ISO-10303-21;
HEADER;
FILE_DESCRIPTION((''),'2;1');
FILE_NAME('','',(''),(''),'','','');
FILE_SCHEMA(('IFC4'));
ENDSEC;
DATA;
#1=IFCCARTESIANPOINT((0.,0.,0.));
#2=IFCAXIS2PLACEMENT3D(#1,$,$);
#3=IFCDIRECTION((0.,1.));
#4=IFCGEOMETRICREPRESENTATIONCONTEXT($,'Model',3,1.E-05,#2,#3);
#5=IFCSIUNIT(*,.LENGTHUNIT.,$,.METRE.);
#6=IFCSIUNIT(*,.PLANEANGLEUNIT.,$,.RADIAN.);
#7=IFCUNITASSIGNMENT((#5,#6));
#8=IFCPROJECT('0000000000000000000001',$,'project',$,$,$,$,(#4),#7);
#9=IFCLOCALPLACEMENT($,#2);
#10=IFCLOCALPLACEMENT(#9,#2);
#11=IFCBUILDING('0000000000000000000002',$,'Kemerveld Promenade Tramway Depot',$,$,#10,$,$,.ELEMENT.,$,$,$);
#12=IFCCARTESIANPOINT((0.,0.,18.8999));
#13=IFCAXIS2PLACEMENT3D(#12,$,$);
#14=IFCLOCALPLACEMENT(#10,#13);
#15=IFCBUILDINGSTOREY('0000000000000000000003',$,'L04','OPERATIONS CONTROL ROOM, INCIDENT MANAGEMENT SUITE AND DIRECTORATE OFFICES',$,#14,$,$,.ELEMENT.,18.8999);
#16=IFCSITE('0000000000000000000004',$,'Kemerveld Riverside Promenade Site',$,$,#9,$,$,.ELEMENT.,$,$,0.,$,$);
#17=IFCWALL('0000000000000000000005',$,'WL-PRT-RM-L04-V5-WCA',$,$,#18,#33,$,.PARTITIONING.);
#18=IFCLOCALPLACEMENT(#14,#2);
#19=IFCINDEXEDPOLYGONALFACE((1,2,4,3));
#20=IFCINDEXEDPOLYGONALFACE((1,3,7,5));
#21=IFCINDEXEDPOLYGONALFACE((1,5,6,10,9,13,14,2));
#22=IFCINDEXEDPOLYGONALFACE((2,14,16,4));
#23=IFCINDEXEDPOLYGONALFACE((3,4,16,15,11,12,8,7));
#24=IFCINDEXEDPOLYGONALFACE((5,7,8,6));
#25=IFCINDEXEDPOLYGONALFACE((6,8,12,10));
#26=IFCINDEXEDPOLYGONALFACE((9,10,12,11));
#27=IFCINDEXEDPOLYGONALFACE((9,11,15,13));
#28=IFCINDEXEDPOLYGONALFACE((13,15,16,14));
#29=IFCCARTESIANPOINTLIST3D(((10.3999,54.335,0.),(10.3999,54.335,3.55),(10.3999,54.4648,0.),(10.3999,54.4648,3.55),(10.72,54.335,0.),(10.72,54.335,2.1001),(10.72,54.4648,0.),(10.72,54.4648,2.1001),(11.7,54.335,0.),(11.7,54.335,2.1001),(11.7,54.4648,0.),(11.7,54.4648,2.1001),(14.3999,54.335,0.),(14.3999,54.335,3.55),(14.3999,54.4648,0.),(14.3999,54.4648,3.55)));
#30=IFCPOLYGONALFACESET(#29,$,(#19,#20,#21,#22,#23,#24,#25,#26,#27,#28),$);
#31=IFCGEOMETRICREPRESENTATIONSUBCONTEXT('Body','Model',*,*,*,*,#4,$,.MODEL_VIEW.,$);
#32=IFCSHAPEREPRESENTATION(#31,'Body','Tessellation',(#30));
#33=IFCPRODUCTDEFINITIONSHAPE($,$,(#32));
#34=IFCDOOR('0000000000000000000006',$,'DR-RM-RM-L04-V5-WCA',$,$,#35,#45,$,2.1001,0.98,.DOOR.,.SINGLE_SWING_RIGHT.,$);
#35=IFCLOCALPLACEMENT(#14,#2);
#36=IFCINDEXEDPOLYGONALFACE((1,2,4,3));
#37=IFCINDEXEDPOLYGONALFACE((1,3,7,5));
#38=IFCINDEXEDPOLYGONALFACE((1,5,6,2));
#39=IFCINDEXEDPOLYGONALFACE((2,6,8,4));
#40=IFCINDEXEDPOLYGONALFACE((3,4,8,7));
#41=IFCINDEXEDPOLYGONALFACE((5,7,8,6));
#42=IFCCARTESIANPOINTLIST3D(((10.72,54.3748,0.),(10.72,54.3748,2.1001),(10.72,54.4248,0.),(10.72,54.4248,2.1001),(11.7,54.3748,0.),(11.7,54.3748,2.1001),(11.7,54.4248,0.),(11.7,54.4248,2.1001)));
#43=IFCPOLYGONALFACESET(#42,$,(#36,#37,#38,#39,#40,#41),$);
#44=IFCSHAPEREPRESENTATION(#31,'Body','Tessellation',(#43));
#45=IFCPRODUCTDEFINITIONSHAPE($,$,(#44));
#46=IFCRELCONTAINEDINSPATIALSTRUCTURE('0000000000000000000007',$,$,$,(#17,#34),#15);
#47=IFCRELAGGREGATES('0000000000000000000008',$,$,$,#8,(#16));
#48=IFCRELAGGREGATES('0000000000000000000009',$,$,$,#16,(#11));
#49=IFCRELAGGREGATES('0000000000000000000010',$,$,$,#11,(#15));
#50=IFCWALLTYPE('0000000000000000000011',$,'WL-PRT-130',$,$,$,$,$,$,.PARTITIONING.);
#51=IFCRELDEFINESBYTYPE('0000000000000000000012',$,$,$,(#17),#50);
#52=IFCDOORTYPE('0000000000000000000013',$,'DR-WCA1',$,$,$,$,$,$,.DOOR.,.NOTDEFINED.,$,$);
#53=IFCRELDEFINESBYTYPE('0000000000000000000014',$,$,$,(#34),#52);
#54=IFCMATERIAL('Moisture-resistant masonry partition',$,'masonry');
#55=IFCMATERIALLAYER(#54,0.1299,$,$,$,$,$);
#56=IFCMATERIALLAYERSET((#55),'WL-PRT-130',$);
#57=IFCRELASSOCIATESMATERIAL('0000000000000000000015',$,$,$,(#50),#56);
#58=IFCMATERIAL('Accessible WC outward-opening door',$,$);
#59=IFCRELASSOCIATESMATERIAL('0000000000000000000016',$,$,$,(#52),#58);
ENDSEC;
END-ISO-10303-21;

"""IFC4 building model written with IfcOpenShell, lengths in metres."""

from ifc_helpers import new_model, si_unit, direction, frame, frame_2d, origin, place, context, subcontext, project, spatial, rectangle, extrude, material, layer, layer_set, type_object, element, fill, save


model = new_model("IFC4")

# Units and contexts
model_context = context("Model", 3, precision=1e-05, world=origin(), true_north=direction((0.0, 1.0)))
body_context = subcontext(model_context, "Body", "Model", "MODEL_VIEW")
ifc_project = project(units=[si_unit("LENGTHUNIT", "METRE"), si_unit("PLANEANGLEUNIT", "RADIAN")], contexts=[model_context])

# Site, building, storey
site_placement = place(None, origin())
site = spatial("IfcSite", under=ifc_project, at=site_placement, Name="Kemerveld Riverside Promenade Site", CompositionType="ELEMENT", RefElevation=0.0)
building_placement = place(site_placement, origin())
building = spatial("IfcBuilding", under=site, at=building_placement, Name="Kemerveld Promenade Tramway Depot", CompositionType="ELEMENT")
storey_placement = place(building_placement, frame((0.0, 0.0, 18.8999)))
storey = spatial("IfcBuildingStorey", under=building, at=storey_placement, Name="L04", Description="OPERATIONS CONTROL ROOM, INCIDENT MANAGEMENT SUITE AND DIRECTORATE OFFICES", CompositionType="ELEMENT", Elevation=18.8999)

# Wall, opening, door
ifc_material_1 = material(Name="Moisture-resistant masonry partition", Category="masonry")
ifc_layer_1 = layer(ifc_material_1, 0.1299)
ifc_layer_set_1 = layer_set([ifc_layer_1], Name="WL-PRT-130")
wall_type = type_object("IfcWallType", Name="WL-PRT-130", PredefinedType="PARTITIONING", material=ifc_layer_set_1)
wall_placement = place(storey_placement, frame((10.3999, 54.3999, 0.0), z_axis=(0.0, 0.0, 1.0), x_axis=(1.0, 0.0, 0.0)))
wall = element("IfcWall", 1, at=wall_placement, inside=storey, type_object=wall_type, Name="WL-PRT-RM-L04-V5-WCA", PredefinedType="PARTITIONING", context=body_context, shape_type="SweptSolid", body=[
    extrude(rectangle(XDim=4.0, YDim=0.1299, at=frame_2d((2.0, 0.0))), origin(), (0.0, 0.0, 1.0), 3.55),
])
opening_placement = place(wall_placement, frame((0.3201, 0.0, 0.0)))
opening = element("IfcOpeningElement", 2, at=opening_placement, cuts=wall, PredefinedType="OPENING", context=body_context, shape_type="SweptSolid", body=[
    extrude(rectangle(XDim=0.98, YDim=2.1001, at=frame_2d((0.49, 1.05))), frame((0.0, 0.075, 0.0), z_axis=(0.0, -1.0, 0.0), x_axis=(1.0, 0.0, 0.0)), (0.0, 0.0, 1.0), 0.1499),
])
ifc_material_2 = material(Name="Accessible WC outward-opening door")
door_type = type_object("IfcDoorType", Name="DR-WCA1", OperationType="NOTDEFINED", PredefinedType="DOOR", material=ifc_material_2)
door_placement = place(opening_placement, origin())
door = element("IfcDoor", 3, at=door_placement, inside=storey, type_object=door_type, Name="DR-RM-RM-L04-V5-WCA", OperationType="SINGLE_SWING_RIGHT", OverallHeight=2.1001, OverallWidth=0.98, PredefinedType="DOOR", context=body_context, shape_type="SweptSolid", body=[
    extrude(rectangle(XDim=0.98, YDim=2.1001, at=frame_2d((0.49, 1.05))), frame((0.0, 0.0249, 0.0), z_axis=(0.0, -1.0, 0.0), x_axis=(1.0, 0.0, 0.0)), (0.0, 0.0, 1.0), 0.05),
])
fill(opening, door)

save(model, "model.ifc")
